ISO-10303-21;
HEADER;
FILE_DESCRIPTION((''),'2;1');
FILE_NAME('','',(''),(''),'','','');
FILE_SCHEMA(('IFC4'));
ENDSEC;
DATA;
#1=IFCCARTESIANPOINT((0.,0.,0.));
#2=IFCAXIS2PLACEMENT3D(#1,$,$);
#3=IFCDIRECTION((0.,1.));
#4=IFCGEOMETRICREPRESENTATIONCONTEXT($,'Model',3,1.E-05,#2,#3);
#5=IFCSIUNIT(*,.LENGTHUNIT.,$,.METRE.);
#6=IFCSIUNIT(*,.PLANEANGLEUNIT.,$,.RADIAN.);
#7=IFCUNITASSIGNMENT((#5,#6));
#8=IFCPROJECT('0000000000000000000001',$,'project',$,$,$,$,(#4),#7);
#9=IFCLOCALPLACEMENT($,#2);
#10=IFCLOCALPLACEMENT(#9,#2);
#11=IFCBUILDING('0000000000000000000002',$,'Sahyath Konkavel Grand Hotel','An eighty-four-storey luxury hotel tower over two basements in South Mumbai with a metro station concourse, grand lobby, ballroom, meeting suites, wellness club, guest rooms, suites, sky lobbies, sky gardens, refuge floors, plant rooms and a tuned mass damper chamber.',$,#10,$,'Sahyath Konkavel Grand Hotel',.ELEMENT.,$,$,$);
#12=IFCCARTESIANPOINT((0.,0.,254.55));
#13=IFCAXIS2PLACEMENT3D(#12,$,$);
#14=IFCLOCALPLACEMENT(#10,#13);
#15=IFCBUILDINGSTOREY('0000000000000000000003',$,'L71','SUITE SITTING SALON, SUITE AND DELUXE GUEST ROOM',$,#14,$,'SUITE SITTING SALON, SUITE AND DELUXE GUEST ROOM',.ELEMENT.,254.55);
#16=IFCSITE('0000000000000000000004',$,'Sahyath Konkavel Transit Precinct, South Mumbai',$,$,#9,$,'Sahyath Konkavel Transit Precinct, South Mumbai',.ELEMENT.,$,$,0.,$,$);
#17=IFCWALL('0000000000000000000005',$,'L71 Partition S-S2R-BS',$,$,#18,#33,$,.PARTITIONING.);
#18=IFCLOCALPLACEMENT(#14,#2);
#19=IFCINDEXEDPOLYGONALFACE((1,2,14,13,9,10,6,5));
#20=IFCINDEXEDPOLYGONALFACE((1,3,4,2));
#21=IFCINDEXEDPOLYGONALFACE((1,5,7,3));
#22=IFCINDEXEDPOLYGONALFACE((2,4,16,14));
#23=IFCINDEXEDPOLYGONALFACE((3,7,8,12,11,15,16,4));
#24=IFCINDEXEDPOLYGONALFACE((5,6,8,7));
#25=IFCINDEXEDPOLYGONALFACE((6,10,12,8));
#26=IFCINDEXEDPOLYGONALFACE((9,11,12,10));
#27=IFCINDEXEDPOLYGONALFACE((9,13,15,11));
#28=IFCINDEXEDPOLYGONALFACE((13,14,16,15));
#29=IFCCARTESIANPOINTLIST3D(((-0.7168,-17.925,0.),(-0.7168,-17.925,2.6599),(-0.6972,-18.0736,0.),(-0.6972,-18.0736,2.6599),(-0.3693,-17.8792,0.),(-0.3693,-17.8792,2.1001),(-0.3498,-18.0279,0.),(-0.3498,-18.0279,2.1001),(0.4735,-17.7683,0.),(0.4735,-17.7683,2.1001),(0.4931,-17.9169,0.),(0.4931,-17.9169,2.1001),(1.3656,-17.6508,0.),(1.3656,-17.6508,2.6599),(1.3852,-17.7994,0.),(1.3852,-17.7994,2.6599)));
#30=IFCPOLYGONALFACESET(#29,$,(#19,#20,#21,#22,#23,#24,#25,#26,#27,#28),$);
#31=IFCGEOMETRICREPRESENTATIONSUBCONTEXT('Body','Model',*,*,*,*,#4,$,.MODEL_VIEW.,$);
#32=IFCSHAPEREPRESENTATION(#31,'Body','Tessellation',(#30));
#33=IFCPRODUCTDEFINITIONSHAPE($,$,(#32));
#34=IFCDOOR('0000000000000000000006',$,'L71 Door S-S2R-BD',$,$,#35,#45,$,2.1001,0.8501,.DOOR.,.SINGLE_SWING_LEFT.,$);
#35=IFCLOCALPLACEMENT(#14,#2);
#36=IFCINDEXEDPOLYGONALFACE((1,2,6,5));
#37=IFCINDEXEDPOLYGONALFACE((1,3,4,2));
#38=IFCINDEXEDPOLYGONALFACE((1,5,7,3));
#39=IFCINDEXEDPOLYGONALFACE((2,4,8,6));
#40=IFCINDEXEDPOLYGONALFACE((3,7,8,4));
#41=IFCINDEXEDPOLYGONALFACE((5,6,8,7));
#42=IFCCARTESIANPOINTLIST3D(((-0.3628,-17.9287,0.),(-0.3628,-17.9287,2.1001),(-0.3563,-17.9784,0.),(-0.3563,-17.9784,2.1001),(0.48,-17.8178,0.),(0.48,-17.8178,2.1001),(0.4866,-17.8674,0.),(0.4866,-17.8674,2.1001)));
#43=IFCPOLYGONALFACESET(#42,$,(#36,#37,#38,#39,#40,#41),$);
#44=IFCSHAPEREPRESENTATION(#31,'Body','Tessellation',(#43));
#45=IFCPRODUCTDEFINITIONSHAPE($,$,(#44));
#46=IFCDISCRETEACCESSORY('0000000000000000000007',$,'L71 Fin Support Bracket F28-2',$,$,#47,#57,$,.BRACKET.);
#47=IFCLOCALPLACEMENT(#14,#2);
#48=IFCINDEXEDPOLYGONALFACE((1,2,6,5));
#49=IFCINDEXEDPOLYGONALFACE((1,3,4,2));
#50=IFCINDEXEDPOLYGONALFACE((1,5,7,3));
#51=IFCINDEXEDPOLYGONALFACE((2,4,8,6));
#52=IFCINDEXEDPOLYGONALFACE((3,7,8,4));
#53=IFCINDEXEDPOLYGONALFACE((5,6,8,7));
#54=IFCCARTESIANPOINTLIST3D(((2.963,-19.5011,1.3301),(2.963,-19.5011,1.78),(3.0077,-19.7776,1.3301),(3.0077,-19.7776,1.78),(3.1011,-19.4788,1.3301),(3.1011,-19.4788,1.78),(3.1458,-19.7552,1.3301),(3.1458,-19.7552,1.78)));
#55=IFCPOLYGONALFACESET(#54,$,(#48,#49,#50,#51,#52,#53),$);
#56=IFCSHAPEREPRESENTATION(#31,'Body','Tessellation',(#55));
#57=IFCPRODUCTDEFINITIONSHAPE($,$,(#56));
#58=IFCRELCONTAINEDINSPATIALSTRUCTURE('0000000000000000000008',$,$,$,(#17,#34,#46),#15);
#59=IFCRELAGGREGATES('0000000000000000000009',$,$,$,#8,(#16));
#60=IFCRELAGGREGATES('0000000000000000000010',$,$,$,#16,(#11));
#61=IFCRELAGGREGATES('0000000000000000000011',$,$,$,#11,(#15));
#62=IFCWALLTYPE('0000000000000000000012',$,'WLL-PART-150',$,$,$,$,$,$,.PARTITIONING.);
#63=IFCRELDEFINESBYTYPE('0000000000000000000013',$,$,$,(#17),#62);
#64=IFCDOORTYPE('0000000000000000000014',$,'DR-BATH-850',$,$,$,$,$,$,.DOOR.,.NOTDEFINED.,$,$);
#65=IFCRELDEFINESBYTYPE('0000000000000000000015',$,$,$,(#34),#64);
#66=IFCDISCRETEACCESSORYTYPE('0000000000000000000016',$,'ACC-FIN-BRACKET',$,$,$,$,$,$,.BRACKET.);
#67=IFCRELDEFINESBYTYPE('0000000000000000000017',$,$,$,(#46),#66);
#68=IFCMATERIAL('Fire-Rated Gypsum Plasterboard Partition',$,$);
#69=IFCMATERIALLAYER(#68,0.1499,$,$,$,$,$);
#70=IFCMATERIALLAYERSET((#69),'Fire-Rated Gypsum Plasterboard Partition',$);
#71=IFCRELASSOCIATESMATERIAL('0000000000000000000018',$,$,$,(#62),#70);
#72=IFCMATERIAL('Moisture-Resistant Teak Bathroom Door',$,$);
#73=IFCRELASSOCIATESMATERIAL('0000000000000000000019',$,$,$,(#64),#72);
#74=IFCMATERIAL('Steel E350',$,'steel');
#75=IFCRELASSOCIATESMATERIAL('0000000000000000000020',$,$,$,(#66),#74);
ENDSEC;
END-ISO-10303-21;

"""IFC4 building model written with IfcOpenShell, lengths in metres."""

from ifc_helpers import new_model, si_unit, direction, frame, frame_2d, origin, origin_2d, place, context, subcontext, project, spatial, rectangle, extrude, source, transform, mapped, material, layer, layer_set, type_object, element, fill, save


model = new_model("IFC4")

# Units and contexts
model_context = context("Model", 3, precision=1e-05, world=origin(), true_north=direction((0.0, 1.0)))
body_context = subcontext(model_context, "Body", "Model", "MODEL_VIEW")
ifc_project = project(units=[si_unit("LENGTHUNIT", "METRE"), si_unit("PLANEANGLEUNIT", "RADIAN")], contexts=[model_context])

# Site, building, storey
site_placement = place(None, origin())
site = spatial("IfcSite", under=ifc_project, at=site_placement, Name="Sahyath Konkavel Transit Precinct, South Mumbai", LongName="Sahyath Konkavel Transit Precinct, South Mumbai", CompositionType="ELEMENT", RefElevation=0.0)
building_placement = place(site_placement, origin())
building = spatial("IfcBuilding", under=site, at=building_placement, Name="Sahyath Konkavel Grand Hotel", Description="An eighty-four-storey luxury hotel tower over two basements in South Mumbai with a metro station concourse, grand lobby, ballroom, meeting suites, wellness club, guest rooms, suites, sky lobbies, sky gardens, refuge floors, plant rooms and a tuned mass damper chamber.", LongName="Sahyath Konkavel Grand Hotel", CompositionType="ELEMENT")
storey_placement = place(building_placement, frame((0.0, 0.0, 254.55)))
storey = spatial("IfcBuildingStorey", under=building, at=storey_placement, Name="L71", Description="SUITE SITTING SALON, SUITE AND DELUXE GUEST ROOM", LongName="SUITE SITTING SALON, SUITE AND DELUXE GUEST ROOM", CompositionType="ELEMENT", Elevation=254.55)

# Shared definitions
ifc_material_1 = material(Name="Steel E350", Category="steel")

# Shared definitions
ifc_material_2 = material(Name="Fire-Rated Gypsum Plasterboard Partition")
ifc_layer_1 = layer(ifc_material_2, 0.1499)
ifc_layer_set_1 = layer_set([ifc_layer_1], Name="Fire-Rated Gypsum Plasterboard Partition")
wall_type_1 = type_object("IfcWallType", Name="WLL-PART-150", PredefinedType="PARTITIONING", material=ifc_layer_set_1)
shared_shape_1 = source(origin(), body_context, "Body", "SweptSolid", [
    extrude(rectangle(XDim=0.8501, YDim=0.05, at=origin_2d()), origin(), (0.0, 0.0, 1.0), 2.1001),
])

# Wall, opening, door
wall_1_placement = place(storey_placement, frame((1.3755, -17.7251, 0.0), z_axis=(0.0, 0.0, 1.0), x_axis=(-0.991443, -0.130542, 0.0)))
wall_1 = element("IfcWall", 1, at=wall_1_placement, inside=storey, type_object=wall_type_1, Name="L71 Partition S-S2R-BS", PredefinedType="PARTITIONING", context=body_context, shape_type="SweptSolid", body=[
    extrude(rectangle(XDim=2.1003, YDim=0.1499, at=frame_2d((1.0503, 0.0))), origin(), (0.0, 0.0, 1.0), 2.6599),
])
opening_1_placement = place(wall_1_placement, frame((0.8999, 0.0, 0.0)))
opening_1 = element("IfcOpeningElement", 2, at=opening_1_placement, cuts=wall_1, PredefinedType="OPENING", context=body_context, shape_type="SweptSolid", body=[
    extrude(rectangle(XDim=0.8501, YDim=2.1001, at=frame_2d((0.425, 1.05))), frame((0.0, 0.085, 0.0), z_axis=(0.0, -1.0, 0.0), x_axis=(1.0, 0.0, 0.0)), (0.0, 0.0, 1.0), 0.1699),
])
ifc_material_3 = material(Name="Moisture-Resistant Teak Bathroom Door")
door_type_1 = type_object("IfcDoorType", Name="DR-BATH-850", OperationType="NOTDEFINED", PredefinedType="DOOR", material=ifc_material_3)
door_1_placement = place(opening_1_placement, frame((0.425, 0.0, 0.0)))
door_1 = element("IfcDoor", 3, at=door_1_placement, inside=storey, type_object=door_type_1, Name="L71 Door S-S2R-BD", OperationType="SINGLE_SWING_LEFT", OverallHeight=2.1001, OverallWidth=0.8501, PredefinedType="DOOR", context=body_context, shape_type="MappedRepresentation", body=[
    mapped(shared_shape_1, transform((0.0, 0.0, 0.0), scale=1.0)),
])
fill(opening_1, door_1)

# Discrete accessory
discrete_accessory_type = type_object("IfcDiscreteAccessoryType", Name="ACC-FIN-BRACKET", PredefinedType="BRACKET", material=ifc_material_1)
shared_shape_2 = source(origin(), body_context, "Body", "SweptSolid", [
    extrude(rectangle(XDim=0.28, YDim=0.1399, at=origin_2d()), origin(), (0.0, 0.0, 1.0), 0.45),
])
discrete_accessory_placement = place(storey_placement, frame((3.0544, -19.6282, 1.3301), z_axis=(0.0, 0.0, 1.0), x_axis=(0.159606, -0.987181, 0.0)))
element("IfcDiscreteAccessory", 4, at=discrete_accessory_placement, inside=storey, type_object=discrete_accessory_type, Name="L71 Fin Support Bracket F28-2", PredefinedType="BRACKET", context=body_context, shape_type="MappedRepresentation", body=[
    mapped(shared_shape_2, transform((0.0, 0.0, 0.0), scale=1.0)),
])

save(model, "model.ifc")
